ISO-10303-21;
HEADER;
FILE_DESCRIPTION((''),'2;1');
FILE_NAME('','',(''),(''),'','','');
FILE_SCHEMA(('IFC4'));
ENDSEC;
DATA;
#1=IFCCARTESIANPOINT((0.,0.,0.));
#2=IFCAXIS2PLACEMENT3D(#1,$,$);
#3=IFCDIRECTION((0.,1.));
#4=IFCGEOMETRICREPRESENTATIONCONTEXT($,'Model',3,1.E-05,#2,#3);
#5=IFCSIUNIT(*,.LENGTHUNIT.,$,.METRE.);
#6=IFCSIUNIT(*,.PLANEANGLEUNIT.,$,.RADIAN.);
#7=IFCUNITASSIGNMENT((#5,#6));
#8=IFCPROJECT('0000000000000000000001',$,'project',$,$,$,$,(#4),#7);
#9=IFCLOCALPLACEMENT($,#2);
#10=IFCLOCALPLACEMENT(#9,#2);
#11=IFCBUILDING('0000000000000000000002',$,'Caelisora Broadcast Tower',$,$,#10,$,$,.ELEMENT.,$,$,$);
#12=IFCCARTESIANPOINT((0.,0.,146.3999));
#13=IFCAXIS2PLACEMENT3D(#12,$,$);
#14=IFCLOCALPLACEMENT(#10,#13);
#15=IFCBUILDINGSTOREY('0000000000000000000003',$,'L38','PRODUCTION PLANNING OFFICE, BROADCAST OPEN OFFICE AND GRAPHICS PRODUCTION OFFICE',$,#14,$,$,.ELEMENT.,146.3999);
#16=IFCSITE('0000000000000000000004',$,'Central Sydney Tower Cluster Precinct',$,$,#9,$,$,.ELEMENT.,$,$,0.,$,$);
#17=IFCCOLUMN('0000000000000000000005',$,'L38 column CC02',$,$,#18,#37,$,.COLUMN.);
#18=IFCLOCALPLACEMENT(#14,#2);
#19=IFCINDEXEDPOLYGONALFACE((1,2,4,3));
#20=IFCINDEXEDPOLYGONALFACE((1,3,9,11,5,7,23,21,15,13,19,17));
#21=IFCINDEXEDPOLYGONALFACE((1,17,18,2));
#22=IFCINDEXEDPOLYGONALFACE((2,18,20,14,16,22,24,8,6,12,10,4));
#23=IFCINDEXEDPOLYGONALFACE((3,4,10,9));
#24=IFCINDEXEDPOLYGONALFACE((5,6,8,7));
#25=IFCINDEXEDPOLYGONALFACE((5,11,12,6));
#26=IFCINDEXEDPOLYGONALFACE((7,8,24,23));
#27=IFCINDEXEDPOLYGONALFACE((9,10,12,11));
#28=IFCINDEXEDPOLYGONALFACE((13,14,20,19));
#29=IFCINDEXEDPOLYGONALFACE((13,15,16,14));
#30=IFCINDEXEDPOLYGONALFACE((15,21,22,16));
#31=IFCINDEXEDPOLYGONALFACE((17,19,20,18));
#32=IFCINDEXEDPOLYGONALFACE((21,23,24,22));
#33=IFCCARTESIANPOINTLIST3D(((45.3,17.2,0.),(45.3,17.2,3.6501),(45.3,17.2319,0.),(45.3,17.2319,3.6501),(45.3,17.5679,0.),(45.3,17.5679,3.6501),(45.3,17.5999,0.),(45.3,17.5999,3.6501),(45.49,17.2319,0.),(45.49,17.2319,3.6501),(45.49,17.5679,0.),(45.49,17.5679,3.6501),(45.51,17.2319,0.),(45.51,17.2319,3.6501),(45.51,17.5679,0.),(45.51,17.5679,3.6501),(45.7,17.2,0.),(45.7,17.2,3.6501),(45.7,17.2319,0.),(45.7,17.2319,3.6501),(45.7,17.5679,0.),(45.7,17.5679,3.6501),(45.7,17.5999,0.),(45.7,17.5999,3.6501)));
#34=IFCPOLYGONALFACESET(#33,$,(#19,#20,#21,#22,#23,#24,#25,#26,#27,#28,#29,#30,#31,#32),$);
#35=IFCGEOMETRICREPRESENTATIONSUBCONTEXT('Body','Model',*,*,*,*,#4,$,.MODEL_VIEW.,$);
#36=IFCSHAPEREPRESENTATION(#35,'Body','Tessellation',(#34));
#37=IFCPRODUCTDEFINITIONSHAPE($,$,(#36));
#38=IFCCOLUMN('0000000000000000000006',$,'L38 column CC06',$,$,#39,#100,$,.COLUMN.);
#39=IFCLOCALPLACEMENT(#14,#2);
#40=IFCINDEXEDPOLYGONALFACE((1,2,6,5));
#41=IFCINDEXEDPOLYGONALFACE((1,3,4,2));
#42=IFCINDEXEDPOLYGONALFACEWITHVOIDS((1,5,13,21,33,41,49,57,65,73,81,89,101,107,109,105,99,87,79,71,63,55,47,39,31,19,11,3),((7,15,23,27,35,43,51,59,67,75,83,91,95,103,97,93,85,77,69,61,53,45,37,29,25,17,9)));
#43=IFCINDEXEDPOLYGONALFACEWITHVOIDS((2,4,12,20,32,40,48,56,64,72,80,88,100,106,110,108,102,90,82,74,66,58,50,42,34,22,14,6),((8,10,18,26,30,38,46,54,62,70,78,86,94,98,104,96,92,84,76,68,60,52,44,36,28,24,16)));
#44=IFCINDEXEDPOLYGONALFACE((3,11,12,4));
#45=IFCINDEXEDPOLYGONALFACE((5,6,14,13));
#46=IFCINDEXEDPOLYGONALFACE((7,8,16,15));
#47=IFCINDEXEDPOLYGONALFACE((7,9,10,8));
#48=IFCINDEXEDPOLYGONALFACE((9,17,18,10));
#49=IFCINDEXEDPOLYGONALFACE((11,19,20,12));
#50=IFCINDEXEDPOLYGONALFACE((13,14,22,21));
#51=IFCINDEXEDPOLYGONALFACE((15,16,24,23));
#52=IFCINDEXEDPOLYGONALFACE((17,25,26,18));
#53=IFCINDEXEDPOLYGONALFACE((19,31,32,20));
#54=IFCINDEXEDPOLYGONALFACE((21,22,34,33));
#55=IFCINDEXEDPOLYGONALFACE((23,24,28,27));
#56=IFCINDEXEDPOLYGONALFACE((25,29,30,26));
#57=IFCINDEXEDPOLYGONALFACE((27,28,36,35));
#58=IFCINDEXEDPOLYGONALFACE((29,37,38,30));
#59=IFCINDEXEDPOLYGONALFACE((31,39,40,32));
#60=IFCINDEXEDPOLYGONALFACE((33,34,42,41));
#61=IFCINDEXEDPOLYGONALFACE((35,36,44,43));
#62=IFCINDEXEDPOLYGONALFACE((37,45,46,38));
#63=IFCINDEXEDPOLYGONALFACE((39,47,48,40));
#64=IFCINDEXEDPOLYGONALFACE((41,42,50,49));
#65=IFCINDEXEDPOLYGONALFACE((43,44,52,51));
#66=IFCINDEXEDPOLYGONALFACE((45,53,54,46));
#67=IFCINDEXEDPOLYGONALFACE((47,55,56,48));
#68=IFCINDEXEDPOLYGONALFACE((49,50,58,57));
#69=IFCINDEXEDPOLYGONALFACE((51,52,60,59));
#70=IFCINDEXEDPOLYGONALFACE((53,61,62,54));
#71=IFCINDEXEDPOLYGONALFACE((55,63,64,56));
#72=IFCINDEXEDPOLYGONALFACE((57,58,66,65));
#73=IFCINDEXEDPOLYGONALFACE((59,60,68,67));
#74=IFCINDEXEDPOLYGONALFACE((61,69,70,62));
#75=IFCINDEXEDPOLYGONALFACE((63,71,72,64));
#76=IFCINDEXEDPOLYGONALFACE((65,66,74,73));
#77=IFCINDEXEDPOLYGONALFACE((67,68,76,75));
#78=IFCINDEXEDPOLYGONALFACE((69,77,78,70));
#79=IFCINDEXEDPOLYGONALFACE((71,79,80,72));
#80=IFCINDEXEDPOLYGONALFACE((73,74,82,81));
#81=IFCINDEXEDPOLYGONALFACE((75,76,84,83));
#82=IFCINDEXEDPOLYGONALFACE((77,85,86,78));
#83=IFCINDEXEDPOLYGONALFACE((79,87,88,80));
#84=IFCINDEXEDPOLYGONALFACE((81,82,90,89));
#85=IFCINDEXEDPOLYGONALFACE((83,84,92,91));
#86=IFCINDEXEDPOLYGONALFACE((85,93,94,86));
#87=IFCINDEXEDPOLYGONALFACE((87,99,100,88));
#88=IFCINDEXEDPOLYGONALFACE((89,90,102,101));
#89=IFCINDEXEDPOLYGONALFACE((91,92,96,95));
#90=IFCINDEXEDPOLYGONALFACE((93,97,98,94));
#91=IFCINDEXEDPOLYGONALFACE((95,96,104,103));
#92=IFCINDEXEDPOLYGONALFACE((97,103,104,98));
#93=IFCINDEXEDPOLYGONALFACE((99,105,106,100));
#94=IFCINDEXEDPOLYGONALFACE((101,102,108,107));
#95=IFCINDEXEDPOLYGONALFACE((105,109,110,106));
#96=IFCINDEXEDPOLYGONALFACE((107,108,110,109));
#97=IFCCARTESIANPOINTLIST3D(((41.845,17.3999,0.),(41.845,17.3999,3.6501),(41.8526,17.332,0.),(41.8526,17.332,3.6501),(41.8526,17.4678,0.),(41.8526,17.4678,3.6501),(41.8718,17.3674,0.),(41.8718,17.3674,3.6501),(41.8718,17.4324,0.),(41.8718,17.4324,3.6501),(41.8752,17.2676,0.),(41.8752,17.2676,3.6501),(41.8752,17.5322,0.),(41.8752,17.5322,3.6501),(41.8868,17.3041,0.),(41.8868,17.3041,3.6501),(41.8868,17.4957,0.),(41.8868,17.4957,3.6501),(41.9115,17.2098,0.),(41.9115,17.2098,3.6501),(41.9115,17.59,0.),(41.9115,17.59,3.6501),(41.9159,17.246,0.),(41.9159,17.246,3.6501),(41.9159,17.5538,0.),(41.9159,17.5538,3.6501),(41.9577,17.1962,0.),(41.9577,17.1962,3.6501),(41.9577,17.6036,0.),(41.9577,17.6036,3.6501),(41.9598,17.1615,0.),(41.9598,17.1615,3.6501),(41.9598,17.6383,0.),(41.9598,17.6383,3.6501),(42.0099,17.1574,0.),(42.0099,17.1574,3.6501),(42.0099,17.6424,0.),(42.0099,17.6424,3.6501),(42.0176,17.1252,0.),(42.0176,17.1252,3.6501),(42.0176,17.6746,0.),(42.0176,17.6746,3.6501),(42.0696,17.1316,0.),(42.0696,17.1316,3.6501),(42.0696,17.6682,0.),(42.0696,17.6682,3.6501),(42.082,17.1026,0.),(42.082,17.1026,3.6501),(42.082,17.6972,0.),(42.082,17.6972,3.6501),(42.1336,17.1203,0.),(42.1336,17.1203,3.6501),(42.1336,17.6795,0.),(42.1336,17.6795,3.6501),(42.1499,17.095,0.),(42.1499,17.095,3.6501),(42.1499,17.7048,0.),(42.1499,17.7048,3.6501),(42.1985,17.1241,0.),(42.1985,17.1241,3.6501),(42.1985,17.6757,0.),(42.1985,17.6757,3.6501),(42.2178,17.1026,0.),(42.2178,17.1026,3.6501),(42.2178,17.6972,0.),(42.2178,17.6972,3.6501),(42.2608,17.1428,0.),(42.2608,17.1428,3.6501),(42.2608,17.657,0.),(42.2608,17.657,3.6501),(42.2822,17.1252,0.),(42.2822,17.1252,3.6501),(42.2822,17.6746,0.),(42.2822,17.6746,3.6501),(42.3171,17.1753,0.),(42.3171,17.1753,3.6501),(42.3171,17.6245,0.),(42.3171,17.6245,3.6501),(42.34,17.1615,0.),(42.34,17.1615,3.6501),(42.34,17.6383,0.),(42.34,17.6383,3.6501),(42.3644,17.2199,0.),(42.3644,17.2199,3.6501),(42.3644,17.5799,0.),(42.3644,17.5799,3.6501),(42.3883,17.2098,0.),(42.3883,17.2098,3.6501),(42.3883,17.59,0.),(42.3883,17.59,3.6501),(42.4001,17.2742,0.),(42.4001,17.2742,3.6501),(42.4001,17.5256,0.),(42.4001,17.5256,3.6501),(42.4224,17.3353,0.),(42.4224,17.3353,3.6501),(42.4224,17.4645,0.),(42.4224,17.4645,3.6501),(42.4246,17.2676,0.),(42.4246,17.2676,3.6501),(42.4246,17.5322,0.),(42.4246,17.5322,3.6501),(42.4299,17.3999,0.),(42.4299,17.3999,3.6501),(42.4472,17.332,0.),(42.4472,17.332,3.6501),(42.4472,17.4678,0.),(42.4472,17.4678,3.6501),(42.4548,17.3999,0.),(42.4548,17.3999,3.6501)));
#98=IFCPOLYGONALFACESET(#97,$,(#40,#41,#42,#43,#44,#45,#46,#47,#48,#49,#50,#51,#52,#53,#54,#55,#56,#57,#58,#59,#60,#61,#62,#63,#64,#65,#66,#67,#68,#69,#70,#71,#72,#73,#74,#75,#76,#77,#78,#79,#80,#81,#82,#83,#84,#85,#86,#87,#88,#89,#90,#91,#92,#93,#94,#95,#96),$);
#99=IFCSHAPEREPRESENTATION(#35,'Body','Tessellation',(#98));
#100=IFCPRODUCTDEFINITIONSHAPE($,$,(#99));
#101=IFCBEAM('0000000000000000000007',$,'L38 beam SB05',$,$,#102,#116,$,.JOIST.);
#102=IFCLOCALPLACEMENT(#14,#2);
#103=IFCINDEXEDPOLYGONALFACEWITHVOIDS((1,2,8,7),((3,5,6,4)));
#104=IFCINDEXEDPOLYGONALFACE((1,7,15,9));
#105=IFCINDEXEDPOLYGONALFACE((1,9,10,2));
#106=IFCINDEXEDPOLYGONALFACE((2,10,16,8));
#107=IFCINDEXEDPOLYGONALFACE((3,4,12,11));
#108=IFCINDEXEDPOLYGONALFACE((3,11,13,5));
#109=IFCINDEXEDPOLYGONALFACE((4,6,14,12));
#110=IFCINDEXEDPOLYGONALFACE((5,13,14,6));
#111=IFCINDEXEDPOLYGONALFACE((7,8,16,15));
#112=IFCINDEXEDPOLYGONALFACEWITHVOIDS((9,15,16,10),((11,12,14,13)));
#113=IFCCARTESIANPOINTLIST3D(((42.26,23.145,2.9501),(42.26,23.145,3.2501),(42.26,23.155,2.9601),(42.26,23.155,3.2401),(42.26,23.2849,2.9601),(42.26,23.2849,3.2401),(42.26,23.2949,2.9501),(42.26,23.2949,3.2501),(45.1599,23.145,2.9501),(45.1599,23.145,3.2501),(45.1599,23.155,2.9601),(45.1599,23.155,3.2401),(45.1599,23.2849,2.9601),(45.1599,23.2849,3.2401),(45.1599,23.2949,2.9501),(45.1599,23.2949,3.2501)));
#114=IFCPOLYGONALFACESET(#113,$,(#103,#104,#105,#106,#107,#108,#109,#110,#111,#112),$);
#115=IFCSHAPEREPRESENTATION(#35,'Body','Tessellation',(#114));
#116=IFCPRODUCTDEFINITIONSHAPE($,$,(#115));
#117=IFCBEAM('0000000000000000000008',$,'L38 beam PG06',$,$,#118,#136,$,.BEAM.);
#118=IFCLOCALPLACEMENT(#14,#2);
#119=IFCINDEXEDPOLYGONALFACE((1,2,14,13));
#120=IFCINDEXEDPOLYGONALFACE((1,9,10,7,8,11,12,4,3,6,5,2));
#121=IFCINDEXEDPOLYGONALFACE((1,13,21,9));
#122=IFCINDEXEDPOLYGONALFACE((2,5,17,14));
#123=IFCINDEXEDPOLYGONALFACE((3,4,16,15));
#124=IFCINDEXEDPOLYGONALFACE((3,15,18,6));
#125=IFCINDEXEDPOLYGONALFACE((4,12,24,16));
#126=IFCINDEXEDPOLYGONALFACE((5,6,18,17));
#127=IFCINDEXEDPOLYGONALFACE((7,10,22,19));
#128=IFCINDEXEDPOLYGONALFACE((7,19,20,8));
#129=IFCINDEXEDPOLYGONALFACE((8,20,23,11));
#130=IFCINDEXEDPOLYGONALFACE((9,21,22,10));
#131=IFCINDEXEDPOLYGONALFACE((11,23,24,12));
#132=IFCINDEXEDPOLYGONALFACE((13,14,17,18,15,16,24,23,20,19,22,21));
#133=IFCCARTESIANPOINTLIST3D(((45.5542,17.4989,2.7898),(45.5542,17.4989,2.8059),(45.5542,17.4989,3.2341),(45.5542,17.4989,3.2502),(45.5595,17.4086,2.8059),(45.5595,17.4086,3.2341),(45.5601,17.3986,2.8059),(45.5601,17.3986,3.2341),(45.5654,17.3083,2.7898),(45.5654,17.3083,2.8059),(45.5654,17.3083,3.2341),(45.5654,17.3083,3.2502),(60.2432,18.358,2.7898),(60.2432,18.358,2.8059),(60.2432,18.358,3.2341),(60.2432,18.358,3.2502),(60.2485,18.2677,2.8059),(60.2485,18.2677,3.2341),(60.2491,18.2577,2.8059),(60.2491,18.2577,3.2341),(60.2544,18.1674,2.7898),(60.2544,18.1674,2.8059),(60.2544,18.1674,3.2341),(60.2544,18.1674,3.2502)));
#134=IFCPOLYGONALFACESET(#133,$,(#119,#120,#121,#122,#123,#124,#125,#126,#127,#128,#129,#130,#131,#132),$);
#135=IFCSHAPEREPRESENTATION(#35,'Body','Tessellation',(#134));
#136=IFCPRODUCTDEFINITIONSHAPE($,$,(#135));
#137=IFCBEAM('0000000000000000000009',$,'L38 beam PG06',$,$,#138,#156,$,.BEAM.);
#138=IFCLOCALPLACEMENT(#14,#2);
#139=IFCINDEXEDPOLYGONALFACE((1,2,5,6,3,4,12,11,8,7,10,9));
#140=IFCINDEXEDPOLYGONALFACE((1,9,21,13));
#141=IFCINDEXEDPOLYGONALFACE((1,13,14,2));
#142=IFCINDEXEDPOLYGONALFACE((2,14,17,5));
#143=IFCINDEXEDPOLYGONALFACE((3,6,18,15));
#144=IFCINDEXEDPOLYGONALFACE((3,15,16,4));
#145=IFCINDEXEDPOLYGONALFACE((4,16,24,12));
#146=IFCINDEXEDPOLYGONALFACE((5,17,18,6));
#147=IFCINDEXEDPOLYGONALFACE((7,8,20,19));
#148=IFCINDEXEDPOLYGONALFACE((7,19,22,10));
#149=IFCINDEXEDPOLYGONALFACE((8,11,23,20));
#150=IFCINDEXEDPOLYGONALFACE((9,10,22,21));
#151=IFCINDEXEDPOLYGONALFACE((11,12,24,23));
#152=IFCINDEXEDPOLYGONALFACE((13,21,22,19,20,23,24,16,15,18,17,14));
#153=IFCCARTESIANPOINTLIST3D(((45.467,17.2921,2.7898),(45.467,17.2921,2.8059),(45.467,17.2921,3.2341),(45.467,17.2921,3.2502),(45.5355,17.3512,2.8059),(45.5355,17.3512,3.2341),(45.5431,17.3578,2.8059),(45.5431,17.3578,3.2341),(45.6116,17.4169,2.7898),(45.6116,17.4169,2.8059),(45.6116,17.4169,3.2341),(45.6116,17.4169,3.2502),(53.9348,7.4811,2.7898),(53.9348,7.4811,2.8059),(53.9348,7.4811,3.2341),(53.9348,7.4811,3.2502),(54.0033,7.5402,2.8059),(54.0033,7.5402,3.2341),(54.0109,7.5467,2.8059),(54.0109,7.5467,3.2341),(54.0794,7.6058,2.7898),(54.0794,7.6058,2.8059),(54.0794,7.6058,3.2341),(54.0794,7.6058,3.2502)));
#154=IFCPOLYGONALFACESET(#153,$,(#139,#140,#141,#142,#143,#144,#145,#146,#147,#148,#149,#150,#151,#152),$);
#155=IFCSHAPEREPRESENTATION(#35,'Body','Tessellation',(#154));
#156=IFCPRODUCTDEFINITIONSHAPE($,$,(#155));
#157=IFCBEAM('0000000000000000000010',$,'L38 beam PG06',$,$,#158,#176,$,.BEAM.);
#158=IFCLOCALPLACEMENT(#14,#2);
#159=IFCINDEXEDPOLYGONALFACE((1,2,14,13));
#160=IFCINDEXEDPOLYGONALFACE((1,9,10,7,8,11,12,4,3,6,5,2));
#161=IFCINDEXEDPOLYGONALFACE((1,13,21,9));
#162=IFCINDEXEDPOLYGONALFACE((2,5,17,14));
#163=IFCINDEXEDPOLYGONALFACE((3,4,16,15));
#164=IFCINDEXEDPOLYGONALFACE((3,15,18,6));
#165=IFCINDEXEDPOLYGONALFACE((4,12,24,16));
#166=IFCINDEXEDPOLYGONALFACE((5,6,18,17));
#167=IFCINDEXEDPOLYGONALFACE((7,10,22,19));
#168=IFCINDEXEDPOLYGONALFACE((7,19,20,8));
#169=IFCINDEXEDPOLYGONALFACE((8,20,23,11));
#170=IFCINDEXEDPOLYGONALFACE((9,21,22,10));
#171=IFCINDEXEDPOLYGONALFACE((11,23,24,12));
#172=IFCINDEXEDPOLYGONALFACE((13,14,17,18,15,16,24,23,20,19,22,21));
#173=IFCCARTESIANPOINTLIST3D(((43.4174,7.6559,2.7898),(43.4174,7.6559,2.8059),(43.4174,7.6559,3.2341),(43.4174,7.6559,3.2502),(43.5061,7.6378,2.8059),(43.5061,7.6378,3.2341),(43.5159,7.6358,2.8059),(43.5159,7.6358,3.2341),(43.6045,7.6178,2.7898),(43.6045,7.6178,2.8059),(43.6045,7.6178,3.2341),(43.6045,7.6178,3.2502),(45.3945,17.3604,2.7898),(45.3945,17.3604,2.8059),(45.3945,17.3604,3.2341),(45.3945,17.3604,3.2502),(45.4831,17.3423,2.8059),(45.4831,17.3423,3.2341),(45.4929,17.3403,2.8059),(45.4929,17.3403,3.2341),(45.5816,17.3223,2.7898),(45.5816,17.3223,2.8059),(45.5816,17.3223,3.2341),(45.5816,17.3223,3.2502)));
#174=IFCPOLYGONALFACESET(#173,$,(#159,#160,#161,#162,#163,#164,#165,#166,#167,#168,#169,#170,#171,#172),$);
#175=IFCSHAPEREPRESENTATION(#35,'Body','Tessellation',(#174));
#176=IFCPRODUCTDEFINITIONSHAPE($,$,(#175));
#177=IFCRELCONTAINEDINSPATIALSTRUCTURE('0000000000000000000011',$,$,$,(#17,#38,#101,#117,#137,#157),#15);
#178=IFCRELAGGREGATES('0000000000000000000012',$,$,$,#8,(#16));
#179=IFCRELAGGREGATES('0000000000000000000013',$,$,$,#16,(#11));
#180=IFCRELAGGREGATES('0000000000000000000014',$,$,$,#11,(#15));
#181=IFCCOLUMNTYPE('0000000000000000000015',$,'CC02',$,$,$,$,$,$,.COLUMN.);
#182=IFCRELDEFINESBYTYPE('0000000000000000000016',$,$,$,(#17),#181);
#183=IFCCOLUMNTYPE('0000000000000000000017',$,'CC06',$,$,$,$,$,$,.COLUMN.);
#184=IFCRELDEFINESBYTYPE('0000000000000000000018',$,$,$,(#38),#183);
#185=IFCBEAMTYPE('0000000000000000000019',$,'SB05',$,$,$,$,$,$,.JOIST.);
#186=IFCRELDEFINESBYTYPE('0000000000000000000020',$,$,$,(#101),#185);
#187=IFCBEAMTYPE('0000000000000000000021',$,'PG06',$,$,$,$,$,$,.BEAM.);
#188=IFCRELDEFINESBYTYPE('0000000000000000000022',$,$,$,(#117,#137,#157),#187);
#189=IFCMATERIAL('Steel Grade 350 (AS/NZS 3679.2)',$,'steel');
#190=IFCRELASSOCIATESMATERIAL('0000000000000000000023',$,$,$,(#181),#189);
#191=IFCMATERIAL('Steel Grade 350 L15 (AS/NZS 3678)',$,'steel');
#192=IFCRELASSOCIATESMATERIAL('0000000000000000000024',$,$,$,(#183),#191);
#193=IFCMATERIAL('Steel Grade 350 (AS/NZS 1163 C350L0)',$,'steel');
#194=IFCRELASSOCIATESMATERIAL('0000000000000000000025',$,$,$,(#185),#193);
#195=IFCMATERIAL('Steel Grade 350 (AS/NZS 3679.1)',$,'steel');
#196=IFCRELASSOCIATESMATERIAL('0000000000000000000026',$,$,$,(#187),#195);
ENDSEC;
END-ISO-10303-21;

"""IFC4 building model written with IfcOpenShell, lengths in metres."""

from ifc_helpers import new_model, si_unit, direction, frame, origin, origin_2d, place, context, subcontext, project, spatial, hollow_rectangle, hollow_circle, i_section, extrude, source, transform, mapped, material, material_profile, profile_set, type_object, type_shapes, element, save


model = new_model("IFC4")

# Units and contexts
model_context = context("Model", 3, precision=1e-05, world=origin(), true_north=direction((0.0, 1.0)))
body_context = subcontext(model_context, "Body", "Model", "MODEL_VIEW")
ifc_project = project(units=[si_unit("LENGTHUNIT", "METRE"), si_unit("PLANEANGLEUNIT", "RADIAN")], contexts=[model_context])

# Site, building, storey
site_placement = place(None, origin())
site = spatial("IfcSite", under=ifc_project, at=site_placement, Name="Central Sydney Tower Cluster Precinct", CompositionType="ELEMENT", RefElevation=0.0)
building_placement = place(site_placement, origin())
building = spatial("IfcBuilding", under=site, at=building_placement, Name="Caelisora Broadcast Tower", CompositionType="ELEMENT")
storey_placement = place(building_placement, frame((0.0, 0.0, 146.3999)))
storey = spatial("IfcBuildingStorey", under=building, at=storey_placement, Name="L38", Description="PRODUCTION PLANNING OFFICE, BROADCAST OPEN OFFICE AND GRAPHICS PRODUCTION OFFICE", CompositionType="ELEMENT", Elevation=146.3999)

# Columns
ifc_material_1 = material(Name="Steel Grade 350 (AS/NZS 3679.2)", Category="steel")
ifc_material_profile_1 = material_profile(ifc_material_1, i_section(OverallWidth=0.3999, OverallDepth=0.3999, WebThickness=0.02, FlangeThickness=0.032, at=origin_2d()), Name="Steel Grade 350 (AS/NZS 3679.2)")
ifc_profile_set_1 = profile_set([ifc_material_profile_1], Name="Steel Grade 350 (AS/NZS 3679.2)")
column_type_1 = type_object("IfcColumnType", Name="CC02", PredefinedType="COLUMN", material=ifc_profile_set_1)
shared_shape_1 = source(origin(), body_context, "Body", "SweptSolid", [
    extrude(i_section(OverallWidth=0.3999, OverallDepth=0.3999, WebThickness=0.02, FlangeThickness=0.032, at=origin_2d()), origin(), (0.0, 0.0, 1.0), 3.6501),
])
type_shapes(column_type_1, [shared_shape_1])
column_1_placement = place(storey_placement, frame((45.5, 17.3999, 0.0), z_axis=(0.0, 0.0, 1.0), x_axis=(1.0, 0.0, 0.0)))
element("IfcColumn", 1, at=column_1_placement, inside=storey, type_object=column_type_1, Name="L38 column CC02", PredefinedType="COLUMN", context=body_context, shape_type="MappedRepresentation", body=[
    mapped(shared_shape_1, transform((0.0, 0.0, 0.0), scale=1.0)),
])
ifc_material_2 = material(Name="Steel Grade 350 L15 (AS/NZS 3678)", Category="steel")
ifc_material_profile_2 = material_profile(ifc_material_2, hollow_circle(Radius=0.3049, WallThickness=0.0249, at=origin_2d()), Name="Steel Grade 350 L15 (AS/NZS 3678)")
ifc_profile_set_2 = profile_set([ifc_material_profile_2], Name="Steel Grade 350 L15 (AS/NZS 3678)")
column_type_2 = type_object("IfcColumnType", Name="CC06", PredefinedType="COLUMN", material=ifc_profile_set_2)
shared_shape_2 = source(origin(), body_context, "Body", "SweptSolid", [
    extrude(hollow_circle(Radius=0.3049, WallThickness=0.0249, at=origin_2d()), origin(), (0.0, 0.0, 1.0), 3.6501),
])
type_shapes(column_type_2, [shared_shape_2])
column_2_placement = place(storey_placement, frame((42.1499, 17.3999, 0.0), z_axis=(0.0, 0.0, 1.0), x_axis=(1.0, 0.0, 0.0)))
element("IfcColumn", 2, at=column_2_placement, inside=storey, type_object=column_type_2, Name="L38 column CC06", PredefinedType="COLUMN", context=body_context, shape_type="MappedRepresentation", body=[
    mapped(shared_shape_2, transform((0.0, 0.0, 0.0), scale=1.0)),
])

# Beams
ifc_material_3 = material(Name="Steel Grade 350 (AS/NZS 1163 C350L0)", Category="steel")
ifc_material_profile_3 = material_profile(ifc_material_3, hollow_rectangle(XDim=0.1499, YDim=0.3, WallThickness=0.01, at=origin_2d()), Name="Steel Grade 350 (AS/NZS 1163 C350L0)")
ifc_profile_set_3 = profile_set([ifc_material_profile_3], Name="Steel Grade 350 (AS/NZS 1163 C350L0)")
beam_type_1 = type_object("IfcBeamType", Name="SB05", PredefinedType="JOIST", material=ifc_profile_set_3)
shared_shape_3 = source(origin(), body_context, "Body", "SweptSolid", [
    extrude(hollow_rectangle(XDim=0.1499, YDim=0.3, WallThickness=0.01, at=origin_2d()), origin(), (0.0, 0.0, 1.0), 2.8999),
])
type_shapes(beam_type_1, [shared_shape_3])
beam_1_placement = place(storey_placement, frame((42.26, 23.22, 3.1001), z_axis=(1.0, 0.0, 0.0), x_axis=(0.0, 1.0, 0.0)))
element("IfcBeam", 3, at=beam_1_placement, inside=storey, type_object=beam_type_1, Name="L38 beam SB05", PredefinedType="JOIST", context=body_context, shape_type="MappedRepresentation", body=[
    mapped(shared_shape_3, transform((0.0, 0.0, 0.0), scale=1.0)),
])
ifc_material_4 = material(Name="Steel Grade 350 (AS/NZS 3679.1)", Category="steel")
ifc_material_profile_4 = material_profile(ifc_material_4, i_section(OverallWidth=0.1909, OverallDepth=0.4604, WebThickness=0.01, FlangeThickness=0.0161, at=origin_2d()), Name="Steel Grade 350 (AS/NZS 3679.1)")
ifc_profile_set_4 = profile_set([ifc_material_profile_4], Name="Steel Grade 350 (AS/NZS 3679.1)")
beam_type_2 = type_object("IfcBeamType", Name="PG06", PredefinedType="BEAM", material=ifc_profile_set_4)
shared_shape_4 = source(origin(), body_context, "Body", "SweptSolid", [
    extrude(i_section(OverallWidth=0.1909, OverallDepth=0.4604, WebThickness=0.01, FlangeThickness=0.0161, at=origin_2d()), origin(), (0.0, 0.0, 1.0), 14.7141),
])
beam_2_placement = place(storey_placement, frame((45.5598, 17.4036, 3.02), z_axis=(0.998294, 0.058388, 0.0), x_axis=(-0.058388, 0.998294, 0.0)))
element("IfcBeam", 4, at=beam_2_placement, inside=storey, type_object=beam_type_2, Name="L38 beam PG06", PredefinedType="BEAM", context=body_context, shape_type="MappedRepresentation", body=[
    mapped(shared_shape_4, transform((0.0, 0.0, 0.0), scale=1.0)),
])
shared_shape_5 = source(origin(), body_context, "Body", "SweptSolid", [
    extrude(i_section(OverallWidth=0.1909, OverallDepth=0.4604, WebThickness=0.01, FlangeThickness=0.0161, at=origin_2d()), origin(), (0.0, 0.0, 1.0), 12.96),
])
beam_3_placement = place(storey_placement, frame((45.5393, 17.3545, 3.02), z_axis=(0.653381, -0.757029, 0.0), x_axis=(0.757029, 0.653381, 0.0)))
element("IfcBeam", 5, at=beam_3_placement, inside=storey, type_object=beam_type_2, Name="L38 beam PG06", PredefinedType="BEAM", context=body_context, shape_type="MappedRepresentation", body=[
    mapped(shared_shape_5, transform((0.0, 0.0, 0.0), scale=1.0)),
])
shared_shape_6 = source(origin(), body_context, "Body", "SweptSolid", [
    extrude(i_section(OverallWidth=0.1909, OverallDepth=0.4604, WebThickness=0.01, FlangeThickness=0.0161, at=origin_2d()), origin(), (0.0, 0.0, 1.0), 9.9038),
])
type_shapes(beam_type_2, [shared_shape_4, shared_shape_5, shared_shape_6])
beam_4_placement = place(storey_placement, frame((45.488, 17.3413, 3.02), z_axis=(-0.199628, -0.979872, 0.0), x_axis=(0.979872, -0.199628, 0.0)))
element("IfcBeam", 6, at=beam_4_placement, inside=storey, type_object=beam_type_2, Name="L38 beam PG06", PredefinedType="BEAM", context=body_context, shape_type="MappedRepresentation", body=[
    mapped(shared_shape_6, transform((0.0, 0.0, 0.0), scale=1.0)),
])

save(model, "model.ifc")
